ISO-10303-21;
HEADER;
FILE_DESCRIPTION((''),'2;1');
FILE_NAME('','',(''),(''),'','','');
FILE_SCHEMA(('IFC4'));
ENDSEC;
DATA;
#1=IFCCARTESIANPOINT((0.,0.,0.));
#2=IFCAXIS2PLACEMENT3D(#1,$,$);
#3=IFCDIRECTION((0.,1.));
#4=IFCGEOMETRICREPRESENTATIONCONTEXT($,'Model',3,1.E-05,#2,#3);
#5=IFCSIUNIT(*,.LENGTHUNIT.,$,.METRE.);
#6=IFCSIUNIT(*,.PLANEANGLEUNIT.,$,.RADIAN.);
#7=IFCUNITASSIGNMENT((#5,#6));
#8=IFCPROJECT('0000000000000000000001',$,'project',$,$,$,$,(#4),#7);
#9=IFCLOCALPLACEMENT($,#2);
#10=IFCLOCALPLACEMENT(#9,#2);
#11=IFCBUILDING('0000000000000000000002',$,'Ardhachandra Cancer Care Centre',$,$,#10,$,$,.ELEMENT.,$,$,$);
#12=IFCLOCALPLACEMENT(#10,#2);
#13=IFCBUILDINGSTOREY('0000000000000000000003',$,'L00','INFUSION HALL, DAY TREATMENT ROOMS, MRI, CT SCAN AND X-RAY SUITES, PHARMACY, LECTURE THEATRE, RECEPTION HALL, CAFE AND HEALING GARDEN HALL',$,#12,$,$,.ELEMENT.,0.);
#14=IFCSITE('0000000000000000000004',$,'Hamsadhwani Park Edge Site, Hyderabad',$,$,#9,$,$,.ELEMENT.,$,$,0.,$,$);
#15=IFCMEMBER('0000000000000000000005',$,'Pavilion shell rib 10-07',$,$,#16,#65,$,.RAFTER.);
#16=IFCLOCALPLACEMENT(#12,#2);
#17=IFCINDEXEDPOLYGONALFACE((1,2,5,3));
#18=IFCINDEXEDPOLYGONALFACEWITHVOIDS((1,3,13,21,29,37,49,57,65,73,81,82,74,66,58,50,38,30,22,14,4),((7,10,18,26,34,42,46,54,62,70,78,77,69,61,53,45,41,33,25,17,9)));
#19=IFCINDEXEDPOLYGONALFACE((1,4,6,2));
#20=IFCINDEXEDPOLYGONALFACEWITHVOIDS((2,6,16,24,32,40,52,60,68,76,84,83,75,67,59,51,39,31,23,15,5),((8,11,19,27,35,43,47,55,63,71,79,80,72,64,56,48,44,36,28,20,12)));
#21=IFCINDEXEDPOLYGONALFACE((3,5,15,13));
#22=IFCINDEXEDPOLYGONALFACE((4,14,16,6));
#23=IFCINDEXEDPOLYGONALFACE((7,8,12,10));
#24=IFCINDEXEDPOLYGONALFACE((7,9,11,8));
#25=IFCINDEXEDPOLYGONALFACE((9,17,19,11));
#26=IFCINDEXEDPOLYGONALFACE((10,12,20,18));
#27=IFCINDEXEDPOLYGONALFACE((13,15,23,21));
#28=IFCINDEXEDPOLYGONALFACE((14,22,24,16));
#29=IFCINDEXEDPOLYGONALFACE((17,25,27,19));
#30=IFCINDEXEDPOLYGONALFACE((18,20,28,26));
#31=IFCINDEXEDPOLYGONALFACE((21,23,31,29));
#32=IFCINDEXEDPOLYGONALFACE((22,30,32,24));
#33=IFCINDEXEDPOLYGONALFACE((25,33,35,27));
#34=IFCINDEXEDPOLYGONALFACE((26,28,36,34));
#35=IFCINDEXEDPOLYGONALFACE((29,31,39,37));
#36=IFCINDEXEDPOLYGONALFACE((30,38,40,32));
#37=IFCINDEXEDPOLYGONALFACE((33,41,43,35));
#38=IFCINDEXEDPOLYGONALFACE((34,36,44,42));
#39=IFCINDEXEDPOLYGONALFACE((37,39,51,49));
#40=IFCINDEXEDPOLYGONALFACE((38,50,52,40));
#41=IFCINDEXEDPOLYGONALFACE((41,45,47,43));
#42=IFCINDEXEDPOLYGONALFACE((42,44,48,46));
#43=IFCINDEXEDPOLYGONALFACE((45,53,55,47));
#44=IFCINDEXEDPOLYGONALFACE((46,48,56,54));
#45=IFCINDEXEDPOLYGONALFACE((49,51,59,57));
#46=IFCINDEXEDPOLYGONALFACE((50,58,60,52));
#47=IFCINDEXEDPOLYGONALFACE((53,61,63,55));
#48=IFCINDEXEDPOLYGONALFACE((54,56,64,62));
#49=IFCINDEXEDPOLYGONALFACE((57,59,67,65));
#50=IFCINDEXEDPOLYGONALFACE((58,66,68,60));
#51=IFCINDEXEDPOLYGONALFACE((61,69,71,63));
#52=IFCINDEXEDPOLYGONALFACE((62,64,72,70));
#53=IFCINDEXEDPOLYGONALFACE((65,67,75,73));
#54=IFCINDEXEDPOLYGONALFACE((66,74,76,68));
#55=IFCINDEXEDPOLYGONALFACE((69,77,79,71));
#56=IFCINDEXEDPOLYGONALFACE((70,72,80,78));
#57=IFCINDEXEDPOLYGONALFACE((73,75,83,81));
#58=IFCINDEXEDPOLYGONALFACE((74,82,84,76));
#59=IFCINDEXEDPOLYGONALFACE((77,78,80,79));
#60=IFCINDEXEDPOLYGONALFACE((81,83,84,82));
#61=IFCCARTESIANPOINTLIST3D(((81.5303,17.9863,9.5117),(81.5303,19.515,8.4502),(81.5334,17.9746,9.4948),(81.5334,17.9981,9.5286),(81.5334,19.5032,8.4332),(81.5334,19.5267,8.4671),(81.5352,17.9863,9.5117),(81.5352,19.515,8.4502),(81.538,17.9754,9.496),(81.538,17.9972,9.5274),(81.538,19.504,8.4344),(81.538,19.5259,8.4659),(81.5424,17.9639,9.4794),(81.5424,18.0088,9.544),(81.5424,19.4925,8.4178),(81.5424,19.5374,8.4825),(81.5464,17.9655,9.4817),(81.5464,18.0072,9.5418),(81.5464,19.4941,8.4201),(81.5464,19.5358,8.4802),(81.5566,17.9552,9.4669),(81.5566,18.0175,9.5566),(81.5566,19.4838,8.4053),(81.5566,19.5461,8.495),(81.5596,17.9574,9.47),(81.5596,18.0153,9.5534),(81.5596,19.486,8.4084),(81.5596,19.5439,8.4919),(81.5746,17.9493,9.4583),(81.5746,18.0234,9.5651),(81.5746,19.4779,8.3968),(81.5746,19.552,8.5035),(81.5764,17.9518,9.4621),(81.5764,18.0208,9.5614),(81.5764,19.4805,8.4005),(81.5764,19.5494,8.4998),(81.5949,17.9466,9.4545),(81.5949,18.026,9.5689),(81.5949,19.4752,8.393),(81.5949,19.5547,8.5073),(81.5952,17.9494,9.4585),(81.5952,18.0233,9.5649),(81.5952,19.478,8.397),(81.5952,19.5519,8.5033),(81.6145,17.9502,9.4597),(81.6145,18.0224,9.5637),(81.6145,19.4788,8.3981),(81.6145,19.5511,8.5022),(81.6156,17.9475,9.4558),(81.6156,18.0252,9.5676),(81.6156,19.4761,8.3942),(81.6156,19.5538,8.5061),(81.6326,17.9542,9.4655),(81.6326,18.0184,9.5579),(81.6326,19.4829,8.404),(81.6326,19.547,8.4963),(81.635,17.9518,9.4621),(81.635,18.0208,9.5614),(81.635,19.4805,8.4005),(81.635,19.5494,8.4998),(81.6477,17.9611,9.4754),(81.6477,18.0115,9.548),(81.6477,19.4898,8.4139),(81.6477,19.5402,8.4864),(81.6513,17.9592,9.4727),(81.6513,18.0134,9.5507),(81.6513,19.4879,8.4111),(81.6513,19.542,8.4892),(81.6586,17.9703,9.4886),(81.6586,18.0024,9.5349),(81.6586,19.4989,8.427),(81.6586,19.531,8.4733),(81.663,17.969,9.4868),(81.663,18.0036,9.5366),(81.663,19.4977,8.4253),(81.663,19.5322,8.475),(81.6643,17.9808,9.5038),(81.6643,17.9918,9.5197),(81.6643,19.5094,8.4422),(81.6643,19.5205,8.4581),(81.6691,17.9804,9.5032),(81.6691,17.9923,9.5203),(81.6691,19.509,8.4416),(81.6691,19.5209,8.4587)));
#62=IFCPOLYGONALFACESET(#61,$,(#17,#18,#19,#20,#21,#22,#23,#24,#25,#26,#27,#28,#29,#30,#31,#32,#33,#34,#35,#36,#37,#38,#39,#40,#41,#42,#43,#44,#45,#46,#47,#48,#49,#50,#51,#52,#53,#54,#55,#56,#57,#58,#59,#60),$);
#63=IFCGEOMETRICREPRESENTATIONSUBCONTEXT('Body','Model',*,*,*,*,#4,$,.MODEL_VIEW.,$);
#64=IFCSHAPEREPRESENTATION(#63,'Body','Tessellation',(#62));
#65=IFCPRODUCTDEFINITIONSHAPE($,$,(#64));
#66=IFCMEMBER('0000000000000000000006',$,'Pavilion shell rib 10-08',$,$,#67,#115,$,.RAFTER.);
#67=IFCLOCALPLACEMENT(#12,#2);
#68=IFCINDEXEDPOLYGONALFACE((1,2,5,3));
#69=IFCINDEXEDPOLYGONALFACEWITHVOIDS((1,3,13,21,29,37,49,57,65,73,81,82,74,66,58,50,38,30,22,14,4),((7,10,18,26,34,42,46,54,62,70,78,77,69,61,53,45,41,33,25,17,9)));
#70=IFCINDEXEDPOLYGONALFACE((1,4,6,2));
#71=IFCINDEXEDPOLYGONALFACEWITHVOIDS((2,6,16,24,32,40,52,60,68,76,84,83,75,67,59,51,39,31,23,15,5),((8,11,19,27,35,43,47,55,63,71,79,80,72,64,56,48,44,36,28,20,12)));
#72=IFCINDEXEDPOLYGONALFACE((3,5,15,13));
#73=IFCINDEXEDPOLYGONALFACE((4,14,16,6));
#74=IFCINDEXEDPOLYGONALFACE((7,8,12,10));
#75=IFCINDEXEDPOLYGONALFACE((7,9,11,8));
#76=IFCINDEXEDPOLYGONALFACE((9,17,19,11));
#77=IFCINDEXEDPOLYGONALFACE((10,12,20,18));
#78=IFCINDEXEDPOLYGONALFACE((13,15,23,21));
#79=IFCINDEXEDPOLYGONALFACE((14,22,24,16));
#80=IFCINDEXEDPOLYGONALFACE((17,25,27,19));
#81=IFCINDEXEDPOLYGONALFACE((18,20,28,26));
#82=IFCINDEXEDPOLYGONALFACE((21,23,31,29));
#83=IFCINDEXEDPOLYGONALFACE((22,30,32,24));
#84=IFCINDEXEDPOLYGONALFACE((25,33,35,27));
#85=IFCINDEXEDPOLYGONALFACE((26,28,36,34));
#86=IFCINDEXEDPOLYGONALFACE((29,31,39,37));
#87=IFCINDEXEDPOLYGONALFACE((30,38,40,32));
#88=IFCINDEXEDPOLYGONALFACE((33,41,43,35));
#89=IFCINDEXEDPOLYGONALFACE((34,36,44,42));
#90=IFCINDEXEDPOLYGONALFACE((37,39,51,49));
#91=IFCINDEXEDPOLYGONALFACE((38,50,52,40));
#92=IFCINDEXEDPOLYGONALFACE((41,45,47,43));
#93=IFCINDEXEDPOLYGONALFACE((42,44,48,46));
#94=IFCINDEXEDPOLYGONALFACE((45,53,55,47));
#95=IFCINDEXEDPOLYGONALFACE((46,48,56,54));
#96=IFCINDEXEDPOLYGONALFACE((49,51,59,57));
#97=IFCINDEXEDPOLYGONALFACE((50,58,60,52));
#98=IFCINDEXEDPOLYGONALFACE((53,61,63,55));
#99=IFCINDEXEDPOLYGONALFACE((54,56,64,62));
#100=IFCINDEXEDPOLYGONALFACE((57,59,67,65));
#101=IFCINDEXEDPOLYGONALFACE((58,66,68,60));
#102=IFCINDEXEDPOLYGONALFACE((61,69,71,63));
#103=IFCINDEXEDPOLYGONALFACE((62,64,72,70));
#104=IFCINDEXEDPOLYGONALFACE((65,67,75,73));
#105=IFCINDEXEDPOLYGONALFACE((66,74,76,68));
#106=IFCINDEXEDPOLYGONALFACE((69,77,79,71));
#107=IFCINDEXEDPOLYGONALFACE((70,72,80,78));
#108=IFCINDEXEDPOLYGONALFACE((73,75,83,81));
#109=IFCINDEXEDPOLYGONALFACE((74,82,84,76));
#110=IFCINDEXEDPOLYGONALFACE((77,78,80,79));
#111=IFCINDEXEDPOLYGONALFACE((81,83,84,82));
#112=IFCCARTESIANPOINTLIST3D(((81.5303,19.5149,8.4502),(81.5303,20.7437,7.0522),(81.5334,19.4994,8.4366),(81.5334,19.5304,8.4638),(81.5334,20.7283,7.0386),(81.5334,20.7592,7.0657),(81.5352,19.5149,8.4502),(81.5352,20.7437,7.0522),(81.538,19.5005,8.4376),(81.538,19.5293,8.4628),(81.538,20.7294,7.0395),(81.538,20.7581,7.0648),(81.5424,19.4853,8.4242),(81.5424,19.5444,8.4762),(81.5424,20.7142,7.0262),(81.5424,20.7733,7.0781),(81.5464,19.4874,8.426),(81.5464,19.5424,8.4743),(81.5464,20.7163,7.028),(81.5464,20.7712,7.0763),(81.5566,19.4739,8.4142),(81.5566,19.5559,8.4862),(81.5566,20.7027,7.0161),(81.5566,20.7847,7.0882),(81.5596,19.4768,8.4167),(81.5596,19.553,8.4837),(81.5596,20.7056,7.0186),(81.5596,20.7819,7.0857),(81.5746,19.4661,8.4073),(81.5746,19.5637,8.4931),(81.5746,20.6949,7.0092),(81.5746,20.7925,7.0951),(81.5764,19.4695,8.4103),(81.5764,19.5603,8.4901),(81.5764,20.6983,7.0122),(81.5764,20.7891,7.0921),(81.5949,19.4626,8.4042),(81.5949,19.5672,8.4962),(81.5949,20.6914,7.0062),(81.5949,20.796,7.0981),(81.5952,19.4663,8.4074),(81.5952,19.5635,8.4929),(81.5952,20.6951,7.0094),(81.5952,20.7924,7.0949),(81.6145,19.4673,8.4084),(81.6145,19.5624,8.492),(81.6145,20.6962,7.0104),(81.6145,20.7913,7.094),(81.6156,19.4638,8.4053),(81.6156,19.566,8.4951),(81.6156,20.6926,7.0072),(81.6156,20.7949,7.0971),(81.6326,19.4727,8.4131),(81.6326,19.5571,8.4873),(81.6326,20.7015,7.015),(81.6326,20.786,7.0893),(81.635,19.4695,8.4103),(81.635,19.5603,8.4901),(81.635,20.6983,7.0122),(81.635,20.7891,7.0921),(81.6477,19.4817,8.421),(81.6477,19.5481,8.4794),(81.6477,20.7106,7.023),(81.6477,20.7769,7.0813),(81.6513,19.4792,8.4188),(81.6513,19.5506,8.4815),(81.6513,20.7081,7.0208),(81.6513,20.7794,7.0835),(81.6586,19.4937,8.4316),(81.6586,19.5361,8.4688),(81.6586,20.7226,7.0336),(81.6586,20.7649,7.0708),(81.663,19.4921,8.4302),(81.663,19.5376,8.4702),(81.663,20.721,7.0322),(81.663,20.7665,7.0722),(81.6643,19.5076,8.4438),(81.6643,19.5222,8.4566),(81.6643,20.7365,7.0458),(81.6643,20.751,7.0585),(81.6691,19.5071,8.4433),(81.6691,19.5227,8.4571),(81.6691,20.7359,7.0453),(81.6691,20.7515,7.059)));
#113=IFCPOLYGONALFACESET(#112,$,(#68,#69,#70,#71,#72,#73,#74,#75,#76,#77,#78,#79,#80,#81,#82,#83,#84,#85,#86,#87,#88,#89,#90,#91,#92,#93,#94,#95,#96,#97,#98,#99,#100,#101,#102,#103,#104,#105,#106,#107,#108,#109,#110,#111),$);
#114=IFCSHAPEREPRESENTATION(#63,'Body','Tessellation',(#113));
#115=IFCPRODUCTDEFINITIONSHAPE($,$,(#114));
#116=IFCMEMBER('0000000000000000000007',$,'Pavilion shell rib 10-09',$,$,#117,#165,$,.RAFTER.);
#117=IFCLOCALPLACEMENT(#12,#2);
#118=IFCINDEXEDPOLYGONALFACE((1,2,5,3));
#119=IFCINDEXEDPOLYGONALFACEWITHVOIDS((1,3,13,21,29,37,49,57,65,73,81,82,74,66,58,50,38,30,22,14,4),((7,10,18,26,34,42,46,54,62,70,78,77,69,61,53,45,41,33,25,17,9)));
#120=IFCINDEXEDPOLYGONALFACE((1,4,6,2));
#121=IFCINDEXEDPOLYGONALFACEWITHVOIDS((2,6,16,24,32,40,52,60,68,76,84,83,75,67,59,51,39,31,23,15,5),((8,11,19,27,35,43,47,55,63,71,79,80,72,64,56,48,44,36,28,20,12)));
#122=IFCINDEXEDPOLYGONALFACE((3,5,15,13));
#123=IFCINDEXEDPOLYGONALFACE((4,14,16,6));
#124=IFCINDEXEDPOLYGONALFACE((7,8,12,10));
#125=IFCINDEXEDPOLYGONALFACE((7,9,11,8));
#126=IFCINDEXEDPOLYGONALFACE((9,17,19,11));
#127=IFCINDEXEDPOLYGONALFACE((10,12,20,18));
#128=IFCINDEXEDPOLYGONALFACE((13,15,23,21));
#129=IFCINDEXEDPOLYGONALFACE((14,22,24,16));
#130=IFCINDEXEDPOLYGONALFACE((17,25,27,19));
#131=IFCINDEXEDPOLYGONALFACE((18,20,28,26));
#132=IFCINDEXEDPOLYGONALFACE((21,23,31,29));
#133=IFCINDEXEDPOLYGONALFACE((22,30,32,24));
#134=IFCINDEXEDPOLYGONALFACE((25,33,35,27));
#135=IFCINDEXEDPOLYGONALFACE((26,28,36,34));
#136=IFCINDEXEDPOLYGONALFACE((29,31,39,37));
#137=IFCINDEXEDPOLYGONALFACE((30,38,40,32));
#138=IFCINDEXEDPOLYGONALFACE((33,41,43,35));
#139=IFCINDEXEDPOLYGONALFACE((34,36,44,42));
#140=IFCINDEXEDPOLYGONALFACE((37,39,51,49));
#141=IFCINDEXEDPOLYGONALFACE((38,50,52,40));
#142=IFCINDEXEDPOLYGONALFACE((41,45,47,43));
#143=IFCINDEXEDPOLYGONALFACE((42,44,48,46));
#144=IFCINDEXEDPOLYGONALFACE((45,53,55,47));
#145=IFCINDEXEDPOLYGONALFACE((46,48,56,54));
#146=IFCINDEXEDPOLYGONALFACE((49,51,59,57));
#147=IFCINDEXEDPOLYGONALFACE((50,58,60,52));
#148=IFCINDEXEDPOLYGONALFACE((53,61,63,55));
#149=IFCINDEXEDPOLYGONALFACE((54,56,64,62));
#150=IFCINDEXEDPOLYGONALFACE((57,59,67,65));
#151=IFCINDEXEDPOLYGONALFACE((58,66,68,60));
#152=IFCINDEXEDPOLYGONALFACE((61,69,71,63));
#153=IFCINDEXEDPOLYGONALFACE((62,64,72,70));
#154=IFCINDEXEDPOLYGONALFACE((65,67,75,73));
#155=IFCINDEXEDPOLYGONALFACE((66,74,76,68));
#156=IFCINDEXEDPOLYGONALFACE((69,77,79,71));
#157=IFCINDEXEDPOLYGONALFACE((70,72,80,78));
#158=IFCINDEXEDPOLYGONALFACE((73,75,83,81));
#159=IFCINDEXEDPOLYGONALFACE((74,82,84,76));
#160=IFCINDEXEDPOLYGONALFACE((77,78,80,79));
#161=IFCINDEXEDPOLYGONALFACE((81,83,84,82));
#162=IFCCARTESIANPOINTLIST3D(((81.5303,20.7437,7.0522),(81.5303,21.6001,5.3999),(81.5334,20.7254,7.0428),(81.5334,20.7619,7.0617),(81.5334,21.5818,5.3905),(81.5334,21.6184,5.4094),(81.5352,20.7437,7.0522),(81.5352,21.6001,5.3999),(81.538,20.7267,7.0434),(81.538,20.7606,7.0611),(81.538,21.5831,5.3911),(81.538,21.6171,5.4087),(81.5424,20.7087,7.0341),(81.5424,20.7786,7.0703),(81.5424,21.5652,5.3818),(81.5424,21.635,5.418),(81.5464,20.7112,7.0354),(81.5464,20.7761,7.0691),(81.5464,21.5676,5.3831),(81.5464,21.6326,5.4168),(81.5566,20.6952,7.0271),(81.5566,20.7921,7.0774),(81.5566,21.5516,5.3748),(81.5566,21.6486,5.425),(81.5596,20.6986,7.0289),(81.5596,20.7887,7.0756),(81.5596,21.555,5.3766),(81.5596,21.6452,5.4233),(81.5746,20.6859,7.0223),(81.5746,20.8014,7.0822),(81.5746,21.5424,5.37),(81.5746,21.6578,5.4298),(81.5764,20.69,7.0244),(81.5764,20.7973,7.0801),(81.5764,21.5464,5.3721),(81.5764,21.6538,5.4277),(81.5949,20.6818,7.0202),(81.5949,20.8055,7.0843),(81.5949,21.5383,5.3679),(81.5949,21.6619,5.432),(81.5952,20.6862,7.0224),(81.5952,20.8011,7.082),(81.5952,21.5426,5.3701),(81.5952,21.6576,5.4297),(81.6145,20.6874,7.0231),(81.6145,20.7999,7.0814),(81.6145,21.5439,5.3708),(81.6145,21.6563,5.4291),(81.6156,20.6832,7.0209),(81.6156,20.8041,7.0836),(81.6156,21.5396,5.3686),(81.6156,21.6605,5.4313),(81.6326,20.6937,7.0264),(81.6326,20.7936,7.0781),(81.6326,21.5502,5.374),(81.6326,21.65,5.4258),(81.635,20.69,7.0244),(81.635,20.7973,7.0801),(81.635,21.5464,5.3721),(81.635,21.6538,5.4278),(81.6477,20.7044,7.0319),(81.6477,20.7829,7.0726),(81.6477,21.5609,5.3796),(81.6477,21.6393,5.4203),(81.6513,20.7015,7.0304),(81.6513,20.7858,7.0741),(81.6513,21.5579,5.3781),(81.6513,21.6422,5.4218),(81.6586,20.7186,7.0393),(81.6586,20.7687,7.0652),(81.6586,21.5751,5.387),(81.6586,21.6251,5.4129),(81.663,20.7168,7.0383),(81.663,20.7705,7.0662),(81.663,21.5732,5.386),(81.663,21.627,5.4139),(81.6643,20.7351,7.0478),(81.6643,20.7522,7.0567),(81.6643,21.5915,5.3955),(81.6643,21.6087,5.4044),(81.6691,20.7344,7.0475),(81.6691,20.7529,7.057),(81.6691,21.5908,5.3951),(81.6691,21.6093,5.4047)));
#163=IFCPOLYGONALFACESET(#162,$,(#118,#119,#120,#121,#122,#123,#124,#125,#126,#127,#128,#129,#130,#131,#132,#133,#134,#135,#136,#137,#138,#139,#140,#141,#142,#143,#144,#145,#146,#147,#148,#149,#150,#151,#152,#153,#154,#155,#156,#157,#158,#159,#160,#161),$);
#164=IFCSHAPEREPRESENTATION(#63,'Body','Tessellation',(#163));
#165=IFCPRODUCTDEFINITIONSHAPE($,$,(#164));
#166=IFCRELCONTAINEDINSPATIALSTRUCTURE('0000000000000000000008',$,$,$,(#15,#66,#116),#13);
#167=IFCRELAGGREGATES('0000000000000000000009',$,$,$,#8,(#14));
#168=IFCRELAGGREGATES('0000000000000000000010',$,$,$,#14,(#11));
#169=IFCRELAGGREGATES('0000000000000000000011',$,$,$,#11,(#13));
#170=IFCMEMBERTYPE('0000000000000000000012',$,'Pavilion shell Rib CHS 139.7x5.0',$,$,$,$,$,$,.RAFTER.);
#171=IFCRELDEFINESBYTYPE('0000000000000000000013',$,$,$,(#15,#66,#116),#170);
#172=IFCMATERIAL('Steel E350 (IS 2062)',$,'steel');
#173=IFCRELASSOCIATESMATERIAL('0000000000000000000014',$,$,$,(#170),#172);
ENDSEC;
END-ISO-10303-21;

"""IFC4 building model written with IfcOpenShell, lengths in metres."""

from ifc_helpers import new_model, si_unit, direction, frame, origin, origin_2d, place, context, subcontext, project, spatial, hollow_circle, extrude, material, material_profile, profile_set, type_object, element, save


model = new_model("IFC4")

# Units and contexts
model_context = context("Model", 3, precision=1e-05, world=origin(), true_north=direction((0.0, 1.0)))
body_context = subcontext(model_context, "Body", "Model", "MODEL_VIEW")
ifc_project = project(units=[si_unit("LENGTHUNIT", "METRE"), si_unit("PLANEANGLEUNIT", "RADIAN")], contexts=[model_context])

# Site, building, storey
site_placement = place(None, origin())
site = spatial("IfcSite", under=ifc_project, at=site_placement, Name="Hamsadhwani Park Edge Site, Hyderabad", CompositionType="ELEMENT", RefElevation=0.0)
building_placement = place(site_placement, origin())
building = spatial("IfcBuilding", under=site, at=building_placement, Name="Ardhachandra Cancer Care Centre", CompositionType="ELEMENT")
storey_placement = place(building_placement, origin())
storey = spatial("IfcBuildingStorey", under=building, at=storey_placement, Name="L00", Description="INFUSION HALL, DAY TREATMENT ROOMS, MRI, CT SCAN AND X-RAY SUITES, PHARMACY, LECTURE THEATRE, RECEPTION HALL, CAFE AND HEALING GARDEN HALL", CompositionType="ELEMENT", Elevation=0.0)

# Members
ifc_material_1 = material(Name="Steel E350 (IS 2062)", Category="steel")
ifc_material_profile_1 = material_profile(ifc_material_1, hollow_circle(Radius=0.0698, WallThickness=0.0049, at=origin_2d()), Name="CHS 139.7x5.0")
ifc_profile_set_1 = profile_set([ifc_material_profile_1], Name="Steel E350 (IS 2062)")
member_type_1 = type_object("IfcMemberType", Name="Pavilion shell Rib CHS 139.7x5.0", PredefinedType="RAFTER", material=ifc_profile_set_1)
for number, where, z_axis, x_axis, name in (
    (1, (81.6001, 17.9863, 9.5117), (0.0, 0.821365, -0.570403), (-1.0, 0.0, 0.0), "Pavilion shell rib 10-07"),
):
    element("IfcMember", number, at=place(storey_placement, frame(where, z_axis=z_axis, x_axis=x_axis)), inside=storey, type_object=member_type_1, Name=name, PredefinedType="RAFTER", context=body_context, shape_type="SweptSolid", body=[
        extrude(hollow_circle(Radius=0.0698, WallThickness=0.0049, at=origin_2d()), origin(), (0.0, 0.0, 1.0), 1.8611),
    ])
member_1_placement = place(storey_placement, frame((81.6001, 19.5149, 8.4502), z_axis=(0.0, 0.660193, -0.751096), x_axis=(-1.0, 0.0, 0.0)))
element("IfcMember", 2, at=member_1_placement, inside=storey, type_object=member_type_1, Name="Pavilion shell rib 10-08", PredefinedType="RAFTER", context=body_context, shape_type="SweptSolid", body=[
    extrude(hollow_circle(Radius=0.0698, WallThickness=0.0049, at=origin_2d()), origin(), (0.0, 0.0, 1.0), 1.8613),
])
for number, where, z_axis, x_axis, name in (
    (3, (81.6001, 20.7437, 7.0522), (0.0, 0.460179, -0.887826), (-1.0, 0.0, 0.0), "Pavilion shell rib 10-09"),
):
    element("IfcMember", number, at=place(storey_placement, frame(where, z_axis=z_axis, x_axis=x_axis)), inside=storey, type_object=member_type_1, Name=name, PredefinedType="RAFTER", context=body_context, shape_type="SweptSolid", body=[
        extrude(hollow_circle(Radius=0.0698, WallThickness=0.0049, at=origin_2d()), origin(), (0.0, 0.0, 1.0), 1.8611),
    ])

save(model, "model.ifc")
